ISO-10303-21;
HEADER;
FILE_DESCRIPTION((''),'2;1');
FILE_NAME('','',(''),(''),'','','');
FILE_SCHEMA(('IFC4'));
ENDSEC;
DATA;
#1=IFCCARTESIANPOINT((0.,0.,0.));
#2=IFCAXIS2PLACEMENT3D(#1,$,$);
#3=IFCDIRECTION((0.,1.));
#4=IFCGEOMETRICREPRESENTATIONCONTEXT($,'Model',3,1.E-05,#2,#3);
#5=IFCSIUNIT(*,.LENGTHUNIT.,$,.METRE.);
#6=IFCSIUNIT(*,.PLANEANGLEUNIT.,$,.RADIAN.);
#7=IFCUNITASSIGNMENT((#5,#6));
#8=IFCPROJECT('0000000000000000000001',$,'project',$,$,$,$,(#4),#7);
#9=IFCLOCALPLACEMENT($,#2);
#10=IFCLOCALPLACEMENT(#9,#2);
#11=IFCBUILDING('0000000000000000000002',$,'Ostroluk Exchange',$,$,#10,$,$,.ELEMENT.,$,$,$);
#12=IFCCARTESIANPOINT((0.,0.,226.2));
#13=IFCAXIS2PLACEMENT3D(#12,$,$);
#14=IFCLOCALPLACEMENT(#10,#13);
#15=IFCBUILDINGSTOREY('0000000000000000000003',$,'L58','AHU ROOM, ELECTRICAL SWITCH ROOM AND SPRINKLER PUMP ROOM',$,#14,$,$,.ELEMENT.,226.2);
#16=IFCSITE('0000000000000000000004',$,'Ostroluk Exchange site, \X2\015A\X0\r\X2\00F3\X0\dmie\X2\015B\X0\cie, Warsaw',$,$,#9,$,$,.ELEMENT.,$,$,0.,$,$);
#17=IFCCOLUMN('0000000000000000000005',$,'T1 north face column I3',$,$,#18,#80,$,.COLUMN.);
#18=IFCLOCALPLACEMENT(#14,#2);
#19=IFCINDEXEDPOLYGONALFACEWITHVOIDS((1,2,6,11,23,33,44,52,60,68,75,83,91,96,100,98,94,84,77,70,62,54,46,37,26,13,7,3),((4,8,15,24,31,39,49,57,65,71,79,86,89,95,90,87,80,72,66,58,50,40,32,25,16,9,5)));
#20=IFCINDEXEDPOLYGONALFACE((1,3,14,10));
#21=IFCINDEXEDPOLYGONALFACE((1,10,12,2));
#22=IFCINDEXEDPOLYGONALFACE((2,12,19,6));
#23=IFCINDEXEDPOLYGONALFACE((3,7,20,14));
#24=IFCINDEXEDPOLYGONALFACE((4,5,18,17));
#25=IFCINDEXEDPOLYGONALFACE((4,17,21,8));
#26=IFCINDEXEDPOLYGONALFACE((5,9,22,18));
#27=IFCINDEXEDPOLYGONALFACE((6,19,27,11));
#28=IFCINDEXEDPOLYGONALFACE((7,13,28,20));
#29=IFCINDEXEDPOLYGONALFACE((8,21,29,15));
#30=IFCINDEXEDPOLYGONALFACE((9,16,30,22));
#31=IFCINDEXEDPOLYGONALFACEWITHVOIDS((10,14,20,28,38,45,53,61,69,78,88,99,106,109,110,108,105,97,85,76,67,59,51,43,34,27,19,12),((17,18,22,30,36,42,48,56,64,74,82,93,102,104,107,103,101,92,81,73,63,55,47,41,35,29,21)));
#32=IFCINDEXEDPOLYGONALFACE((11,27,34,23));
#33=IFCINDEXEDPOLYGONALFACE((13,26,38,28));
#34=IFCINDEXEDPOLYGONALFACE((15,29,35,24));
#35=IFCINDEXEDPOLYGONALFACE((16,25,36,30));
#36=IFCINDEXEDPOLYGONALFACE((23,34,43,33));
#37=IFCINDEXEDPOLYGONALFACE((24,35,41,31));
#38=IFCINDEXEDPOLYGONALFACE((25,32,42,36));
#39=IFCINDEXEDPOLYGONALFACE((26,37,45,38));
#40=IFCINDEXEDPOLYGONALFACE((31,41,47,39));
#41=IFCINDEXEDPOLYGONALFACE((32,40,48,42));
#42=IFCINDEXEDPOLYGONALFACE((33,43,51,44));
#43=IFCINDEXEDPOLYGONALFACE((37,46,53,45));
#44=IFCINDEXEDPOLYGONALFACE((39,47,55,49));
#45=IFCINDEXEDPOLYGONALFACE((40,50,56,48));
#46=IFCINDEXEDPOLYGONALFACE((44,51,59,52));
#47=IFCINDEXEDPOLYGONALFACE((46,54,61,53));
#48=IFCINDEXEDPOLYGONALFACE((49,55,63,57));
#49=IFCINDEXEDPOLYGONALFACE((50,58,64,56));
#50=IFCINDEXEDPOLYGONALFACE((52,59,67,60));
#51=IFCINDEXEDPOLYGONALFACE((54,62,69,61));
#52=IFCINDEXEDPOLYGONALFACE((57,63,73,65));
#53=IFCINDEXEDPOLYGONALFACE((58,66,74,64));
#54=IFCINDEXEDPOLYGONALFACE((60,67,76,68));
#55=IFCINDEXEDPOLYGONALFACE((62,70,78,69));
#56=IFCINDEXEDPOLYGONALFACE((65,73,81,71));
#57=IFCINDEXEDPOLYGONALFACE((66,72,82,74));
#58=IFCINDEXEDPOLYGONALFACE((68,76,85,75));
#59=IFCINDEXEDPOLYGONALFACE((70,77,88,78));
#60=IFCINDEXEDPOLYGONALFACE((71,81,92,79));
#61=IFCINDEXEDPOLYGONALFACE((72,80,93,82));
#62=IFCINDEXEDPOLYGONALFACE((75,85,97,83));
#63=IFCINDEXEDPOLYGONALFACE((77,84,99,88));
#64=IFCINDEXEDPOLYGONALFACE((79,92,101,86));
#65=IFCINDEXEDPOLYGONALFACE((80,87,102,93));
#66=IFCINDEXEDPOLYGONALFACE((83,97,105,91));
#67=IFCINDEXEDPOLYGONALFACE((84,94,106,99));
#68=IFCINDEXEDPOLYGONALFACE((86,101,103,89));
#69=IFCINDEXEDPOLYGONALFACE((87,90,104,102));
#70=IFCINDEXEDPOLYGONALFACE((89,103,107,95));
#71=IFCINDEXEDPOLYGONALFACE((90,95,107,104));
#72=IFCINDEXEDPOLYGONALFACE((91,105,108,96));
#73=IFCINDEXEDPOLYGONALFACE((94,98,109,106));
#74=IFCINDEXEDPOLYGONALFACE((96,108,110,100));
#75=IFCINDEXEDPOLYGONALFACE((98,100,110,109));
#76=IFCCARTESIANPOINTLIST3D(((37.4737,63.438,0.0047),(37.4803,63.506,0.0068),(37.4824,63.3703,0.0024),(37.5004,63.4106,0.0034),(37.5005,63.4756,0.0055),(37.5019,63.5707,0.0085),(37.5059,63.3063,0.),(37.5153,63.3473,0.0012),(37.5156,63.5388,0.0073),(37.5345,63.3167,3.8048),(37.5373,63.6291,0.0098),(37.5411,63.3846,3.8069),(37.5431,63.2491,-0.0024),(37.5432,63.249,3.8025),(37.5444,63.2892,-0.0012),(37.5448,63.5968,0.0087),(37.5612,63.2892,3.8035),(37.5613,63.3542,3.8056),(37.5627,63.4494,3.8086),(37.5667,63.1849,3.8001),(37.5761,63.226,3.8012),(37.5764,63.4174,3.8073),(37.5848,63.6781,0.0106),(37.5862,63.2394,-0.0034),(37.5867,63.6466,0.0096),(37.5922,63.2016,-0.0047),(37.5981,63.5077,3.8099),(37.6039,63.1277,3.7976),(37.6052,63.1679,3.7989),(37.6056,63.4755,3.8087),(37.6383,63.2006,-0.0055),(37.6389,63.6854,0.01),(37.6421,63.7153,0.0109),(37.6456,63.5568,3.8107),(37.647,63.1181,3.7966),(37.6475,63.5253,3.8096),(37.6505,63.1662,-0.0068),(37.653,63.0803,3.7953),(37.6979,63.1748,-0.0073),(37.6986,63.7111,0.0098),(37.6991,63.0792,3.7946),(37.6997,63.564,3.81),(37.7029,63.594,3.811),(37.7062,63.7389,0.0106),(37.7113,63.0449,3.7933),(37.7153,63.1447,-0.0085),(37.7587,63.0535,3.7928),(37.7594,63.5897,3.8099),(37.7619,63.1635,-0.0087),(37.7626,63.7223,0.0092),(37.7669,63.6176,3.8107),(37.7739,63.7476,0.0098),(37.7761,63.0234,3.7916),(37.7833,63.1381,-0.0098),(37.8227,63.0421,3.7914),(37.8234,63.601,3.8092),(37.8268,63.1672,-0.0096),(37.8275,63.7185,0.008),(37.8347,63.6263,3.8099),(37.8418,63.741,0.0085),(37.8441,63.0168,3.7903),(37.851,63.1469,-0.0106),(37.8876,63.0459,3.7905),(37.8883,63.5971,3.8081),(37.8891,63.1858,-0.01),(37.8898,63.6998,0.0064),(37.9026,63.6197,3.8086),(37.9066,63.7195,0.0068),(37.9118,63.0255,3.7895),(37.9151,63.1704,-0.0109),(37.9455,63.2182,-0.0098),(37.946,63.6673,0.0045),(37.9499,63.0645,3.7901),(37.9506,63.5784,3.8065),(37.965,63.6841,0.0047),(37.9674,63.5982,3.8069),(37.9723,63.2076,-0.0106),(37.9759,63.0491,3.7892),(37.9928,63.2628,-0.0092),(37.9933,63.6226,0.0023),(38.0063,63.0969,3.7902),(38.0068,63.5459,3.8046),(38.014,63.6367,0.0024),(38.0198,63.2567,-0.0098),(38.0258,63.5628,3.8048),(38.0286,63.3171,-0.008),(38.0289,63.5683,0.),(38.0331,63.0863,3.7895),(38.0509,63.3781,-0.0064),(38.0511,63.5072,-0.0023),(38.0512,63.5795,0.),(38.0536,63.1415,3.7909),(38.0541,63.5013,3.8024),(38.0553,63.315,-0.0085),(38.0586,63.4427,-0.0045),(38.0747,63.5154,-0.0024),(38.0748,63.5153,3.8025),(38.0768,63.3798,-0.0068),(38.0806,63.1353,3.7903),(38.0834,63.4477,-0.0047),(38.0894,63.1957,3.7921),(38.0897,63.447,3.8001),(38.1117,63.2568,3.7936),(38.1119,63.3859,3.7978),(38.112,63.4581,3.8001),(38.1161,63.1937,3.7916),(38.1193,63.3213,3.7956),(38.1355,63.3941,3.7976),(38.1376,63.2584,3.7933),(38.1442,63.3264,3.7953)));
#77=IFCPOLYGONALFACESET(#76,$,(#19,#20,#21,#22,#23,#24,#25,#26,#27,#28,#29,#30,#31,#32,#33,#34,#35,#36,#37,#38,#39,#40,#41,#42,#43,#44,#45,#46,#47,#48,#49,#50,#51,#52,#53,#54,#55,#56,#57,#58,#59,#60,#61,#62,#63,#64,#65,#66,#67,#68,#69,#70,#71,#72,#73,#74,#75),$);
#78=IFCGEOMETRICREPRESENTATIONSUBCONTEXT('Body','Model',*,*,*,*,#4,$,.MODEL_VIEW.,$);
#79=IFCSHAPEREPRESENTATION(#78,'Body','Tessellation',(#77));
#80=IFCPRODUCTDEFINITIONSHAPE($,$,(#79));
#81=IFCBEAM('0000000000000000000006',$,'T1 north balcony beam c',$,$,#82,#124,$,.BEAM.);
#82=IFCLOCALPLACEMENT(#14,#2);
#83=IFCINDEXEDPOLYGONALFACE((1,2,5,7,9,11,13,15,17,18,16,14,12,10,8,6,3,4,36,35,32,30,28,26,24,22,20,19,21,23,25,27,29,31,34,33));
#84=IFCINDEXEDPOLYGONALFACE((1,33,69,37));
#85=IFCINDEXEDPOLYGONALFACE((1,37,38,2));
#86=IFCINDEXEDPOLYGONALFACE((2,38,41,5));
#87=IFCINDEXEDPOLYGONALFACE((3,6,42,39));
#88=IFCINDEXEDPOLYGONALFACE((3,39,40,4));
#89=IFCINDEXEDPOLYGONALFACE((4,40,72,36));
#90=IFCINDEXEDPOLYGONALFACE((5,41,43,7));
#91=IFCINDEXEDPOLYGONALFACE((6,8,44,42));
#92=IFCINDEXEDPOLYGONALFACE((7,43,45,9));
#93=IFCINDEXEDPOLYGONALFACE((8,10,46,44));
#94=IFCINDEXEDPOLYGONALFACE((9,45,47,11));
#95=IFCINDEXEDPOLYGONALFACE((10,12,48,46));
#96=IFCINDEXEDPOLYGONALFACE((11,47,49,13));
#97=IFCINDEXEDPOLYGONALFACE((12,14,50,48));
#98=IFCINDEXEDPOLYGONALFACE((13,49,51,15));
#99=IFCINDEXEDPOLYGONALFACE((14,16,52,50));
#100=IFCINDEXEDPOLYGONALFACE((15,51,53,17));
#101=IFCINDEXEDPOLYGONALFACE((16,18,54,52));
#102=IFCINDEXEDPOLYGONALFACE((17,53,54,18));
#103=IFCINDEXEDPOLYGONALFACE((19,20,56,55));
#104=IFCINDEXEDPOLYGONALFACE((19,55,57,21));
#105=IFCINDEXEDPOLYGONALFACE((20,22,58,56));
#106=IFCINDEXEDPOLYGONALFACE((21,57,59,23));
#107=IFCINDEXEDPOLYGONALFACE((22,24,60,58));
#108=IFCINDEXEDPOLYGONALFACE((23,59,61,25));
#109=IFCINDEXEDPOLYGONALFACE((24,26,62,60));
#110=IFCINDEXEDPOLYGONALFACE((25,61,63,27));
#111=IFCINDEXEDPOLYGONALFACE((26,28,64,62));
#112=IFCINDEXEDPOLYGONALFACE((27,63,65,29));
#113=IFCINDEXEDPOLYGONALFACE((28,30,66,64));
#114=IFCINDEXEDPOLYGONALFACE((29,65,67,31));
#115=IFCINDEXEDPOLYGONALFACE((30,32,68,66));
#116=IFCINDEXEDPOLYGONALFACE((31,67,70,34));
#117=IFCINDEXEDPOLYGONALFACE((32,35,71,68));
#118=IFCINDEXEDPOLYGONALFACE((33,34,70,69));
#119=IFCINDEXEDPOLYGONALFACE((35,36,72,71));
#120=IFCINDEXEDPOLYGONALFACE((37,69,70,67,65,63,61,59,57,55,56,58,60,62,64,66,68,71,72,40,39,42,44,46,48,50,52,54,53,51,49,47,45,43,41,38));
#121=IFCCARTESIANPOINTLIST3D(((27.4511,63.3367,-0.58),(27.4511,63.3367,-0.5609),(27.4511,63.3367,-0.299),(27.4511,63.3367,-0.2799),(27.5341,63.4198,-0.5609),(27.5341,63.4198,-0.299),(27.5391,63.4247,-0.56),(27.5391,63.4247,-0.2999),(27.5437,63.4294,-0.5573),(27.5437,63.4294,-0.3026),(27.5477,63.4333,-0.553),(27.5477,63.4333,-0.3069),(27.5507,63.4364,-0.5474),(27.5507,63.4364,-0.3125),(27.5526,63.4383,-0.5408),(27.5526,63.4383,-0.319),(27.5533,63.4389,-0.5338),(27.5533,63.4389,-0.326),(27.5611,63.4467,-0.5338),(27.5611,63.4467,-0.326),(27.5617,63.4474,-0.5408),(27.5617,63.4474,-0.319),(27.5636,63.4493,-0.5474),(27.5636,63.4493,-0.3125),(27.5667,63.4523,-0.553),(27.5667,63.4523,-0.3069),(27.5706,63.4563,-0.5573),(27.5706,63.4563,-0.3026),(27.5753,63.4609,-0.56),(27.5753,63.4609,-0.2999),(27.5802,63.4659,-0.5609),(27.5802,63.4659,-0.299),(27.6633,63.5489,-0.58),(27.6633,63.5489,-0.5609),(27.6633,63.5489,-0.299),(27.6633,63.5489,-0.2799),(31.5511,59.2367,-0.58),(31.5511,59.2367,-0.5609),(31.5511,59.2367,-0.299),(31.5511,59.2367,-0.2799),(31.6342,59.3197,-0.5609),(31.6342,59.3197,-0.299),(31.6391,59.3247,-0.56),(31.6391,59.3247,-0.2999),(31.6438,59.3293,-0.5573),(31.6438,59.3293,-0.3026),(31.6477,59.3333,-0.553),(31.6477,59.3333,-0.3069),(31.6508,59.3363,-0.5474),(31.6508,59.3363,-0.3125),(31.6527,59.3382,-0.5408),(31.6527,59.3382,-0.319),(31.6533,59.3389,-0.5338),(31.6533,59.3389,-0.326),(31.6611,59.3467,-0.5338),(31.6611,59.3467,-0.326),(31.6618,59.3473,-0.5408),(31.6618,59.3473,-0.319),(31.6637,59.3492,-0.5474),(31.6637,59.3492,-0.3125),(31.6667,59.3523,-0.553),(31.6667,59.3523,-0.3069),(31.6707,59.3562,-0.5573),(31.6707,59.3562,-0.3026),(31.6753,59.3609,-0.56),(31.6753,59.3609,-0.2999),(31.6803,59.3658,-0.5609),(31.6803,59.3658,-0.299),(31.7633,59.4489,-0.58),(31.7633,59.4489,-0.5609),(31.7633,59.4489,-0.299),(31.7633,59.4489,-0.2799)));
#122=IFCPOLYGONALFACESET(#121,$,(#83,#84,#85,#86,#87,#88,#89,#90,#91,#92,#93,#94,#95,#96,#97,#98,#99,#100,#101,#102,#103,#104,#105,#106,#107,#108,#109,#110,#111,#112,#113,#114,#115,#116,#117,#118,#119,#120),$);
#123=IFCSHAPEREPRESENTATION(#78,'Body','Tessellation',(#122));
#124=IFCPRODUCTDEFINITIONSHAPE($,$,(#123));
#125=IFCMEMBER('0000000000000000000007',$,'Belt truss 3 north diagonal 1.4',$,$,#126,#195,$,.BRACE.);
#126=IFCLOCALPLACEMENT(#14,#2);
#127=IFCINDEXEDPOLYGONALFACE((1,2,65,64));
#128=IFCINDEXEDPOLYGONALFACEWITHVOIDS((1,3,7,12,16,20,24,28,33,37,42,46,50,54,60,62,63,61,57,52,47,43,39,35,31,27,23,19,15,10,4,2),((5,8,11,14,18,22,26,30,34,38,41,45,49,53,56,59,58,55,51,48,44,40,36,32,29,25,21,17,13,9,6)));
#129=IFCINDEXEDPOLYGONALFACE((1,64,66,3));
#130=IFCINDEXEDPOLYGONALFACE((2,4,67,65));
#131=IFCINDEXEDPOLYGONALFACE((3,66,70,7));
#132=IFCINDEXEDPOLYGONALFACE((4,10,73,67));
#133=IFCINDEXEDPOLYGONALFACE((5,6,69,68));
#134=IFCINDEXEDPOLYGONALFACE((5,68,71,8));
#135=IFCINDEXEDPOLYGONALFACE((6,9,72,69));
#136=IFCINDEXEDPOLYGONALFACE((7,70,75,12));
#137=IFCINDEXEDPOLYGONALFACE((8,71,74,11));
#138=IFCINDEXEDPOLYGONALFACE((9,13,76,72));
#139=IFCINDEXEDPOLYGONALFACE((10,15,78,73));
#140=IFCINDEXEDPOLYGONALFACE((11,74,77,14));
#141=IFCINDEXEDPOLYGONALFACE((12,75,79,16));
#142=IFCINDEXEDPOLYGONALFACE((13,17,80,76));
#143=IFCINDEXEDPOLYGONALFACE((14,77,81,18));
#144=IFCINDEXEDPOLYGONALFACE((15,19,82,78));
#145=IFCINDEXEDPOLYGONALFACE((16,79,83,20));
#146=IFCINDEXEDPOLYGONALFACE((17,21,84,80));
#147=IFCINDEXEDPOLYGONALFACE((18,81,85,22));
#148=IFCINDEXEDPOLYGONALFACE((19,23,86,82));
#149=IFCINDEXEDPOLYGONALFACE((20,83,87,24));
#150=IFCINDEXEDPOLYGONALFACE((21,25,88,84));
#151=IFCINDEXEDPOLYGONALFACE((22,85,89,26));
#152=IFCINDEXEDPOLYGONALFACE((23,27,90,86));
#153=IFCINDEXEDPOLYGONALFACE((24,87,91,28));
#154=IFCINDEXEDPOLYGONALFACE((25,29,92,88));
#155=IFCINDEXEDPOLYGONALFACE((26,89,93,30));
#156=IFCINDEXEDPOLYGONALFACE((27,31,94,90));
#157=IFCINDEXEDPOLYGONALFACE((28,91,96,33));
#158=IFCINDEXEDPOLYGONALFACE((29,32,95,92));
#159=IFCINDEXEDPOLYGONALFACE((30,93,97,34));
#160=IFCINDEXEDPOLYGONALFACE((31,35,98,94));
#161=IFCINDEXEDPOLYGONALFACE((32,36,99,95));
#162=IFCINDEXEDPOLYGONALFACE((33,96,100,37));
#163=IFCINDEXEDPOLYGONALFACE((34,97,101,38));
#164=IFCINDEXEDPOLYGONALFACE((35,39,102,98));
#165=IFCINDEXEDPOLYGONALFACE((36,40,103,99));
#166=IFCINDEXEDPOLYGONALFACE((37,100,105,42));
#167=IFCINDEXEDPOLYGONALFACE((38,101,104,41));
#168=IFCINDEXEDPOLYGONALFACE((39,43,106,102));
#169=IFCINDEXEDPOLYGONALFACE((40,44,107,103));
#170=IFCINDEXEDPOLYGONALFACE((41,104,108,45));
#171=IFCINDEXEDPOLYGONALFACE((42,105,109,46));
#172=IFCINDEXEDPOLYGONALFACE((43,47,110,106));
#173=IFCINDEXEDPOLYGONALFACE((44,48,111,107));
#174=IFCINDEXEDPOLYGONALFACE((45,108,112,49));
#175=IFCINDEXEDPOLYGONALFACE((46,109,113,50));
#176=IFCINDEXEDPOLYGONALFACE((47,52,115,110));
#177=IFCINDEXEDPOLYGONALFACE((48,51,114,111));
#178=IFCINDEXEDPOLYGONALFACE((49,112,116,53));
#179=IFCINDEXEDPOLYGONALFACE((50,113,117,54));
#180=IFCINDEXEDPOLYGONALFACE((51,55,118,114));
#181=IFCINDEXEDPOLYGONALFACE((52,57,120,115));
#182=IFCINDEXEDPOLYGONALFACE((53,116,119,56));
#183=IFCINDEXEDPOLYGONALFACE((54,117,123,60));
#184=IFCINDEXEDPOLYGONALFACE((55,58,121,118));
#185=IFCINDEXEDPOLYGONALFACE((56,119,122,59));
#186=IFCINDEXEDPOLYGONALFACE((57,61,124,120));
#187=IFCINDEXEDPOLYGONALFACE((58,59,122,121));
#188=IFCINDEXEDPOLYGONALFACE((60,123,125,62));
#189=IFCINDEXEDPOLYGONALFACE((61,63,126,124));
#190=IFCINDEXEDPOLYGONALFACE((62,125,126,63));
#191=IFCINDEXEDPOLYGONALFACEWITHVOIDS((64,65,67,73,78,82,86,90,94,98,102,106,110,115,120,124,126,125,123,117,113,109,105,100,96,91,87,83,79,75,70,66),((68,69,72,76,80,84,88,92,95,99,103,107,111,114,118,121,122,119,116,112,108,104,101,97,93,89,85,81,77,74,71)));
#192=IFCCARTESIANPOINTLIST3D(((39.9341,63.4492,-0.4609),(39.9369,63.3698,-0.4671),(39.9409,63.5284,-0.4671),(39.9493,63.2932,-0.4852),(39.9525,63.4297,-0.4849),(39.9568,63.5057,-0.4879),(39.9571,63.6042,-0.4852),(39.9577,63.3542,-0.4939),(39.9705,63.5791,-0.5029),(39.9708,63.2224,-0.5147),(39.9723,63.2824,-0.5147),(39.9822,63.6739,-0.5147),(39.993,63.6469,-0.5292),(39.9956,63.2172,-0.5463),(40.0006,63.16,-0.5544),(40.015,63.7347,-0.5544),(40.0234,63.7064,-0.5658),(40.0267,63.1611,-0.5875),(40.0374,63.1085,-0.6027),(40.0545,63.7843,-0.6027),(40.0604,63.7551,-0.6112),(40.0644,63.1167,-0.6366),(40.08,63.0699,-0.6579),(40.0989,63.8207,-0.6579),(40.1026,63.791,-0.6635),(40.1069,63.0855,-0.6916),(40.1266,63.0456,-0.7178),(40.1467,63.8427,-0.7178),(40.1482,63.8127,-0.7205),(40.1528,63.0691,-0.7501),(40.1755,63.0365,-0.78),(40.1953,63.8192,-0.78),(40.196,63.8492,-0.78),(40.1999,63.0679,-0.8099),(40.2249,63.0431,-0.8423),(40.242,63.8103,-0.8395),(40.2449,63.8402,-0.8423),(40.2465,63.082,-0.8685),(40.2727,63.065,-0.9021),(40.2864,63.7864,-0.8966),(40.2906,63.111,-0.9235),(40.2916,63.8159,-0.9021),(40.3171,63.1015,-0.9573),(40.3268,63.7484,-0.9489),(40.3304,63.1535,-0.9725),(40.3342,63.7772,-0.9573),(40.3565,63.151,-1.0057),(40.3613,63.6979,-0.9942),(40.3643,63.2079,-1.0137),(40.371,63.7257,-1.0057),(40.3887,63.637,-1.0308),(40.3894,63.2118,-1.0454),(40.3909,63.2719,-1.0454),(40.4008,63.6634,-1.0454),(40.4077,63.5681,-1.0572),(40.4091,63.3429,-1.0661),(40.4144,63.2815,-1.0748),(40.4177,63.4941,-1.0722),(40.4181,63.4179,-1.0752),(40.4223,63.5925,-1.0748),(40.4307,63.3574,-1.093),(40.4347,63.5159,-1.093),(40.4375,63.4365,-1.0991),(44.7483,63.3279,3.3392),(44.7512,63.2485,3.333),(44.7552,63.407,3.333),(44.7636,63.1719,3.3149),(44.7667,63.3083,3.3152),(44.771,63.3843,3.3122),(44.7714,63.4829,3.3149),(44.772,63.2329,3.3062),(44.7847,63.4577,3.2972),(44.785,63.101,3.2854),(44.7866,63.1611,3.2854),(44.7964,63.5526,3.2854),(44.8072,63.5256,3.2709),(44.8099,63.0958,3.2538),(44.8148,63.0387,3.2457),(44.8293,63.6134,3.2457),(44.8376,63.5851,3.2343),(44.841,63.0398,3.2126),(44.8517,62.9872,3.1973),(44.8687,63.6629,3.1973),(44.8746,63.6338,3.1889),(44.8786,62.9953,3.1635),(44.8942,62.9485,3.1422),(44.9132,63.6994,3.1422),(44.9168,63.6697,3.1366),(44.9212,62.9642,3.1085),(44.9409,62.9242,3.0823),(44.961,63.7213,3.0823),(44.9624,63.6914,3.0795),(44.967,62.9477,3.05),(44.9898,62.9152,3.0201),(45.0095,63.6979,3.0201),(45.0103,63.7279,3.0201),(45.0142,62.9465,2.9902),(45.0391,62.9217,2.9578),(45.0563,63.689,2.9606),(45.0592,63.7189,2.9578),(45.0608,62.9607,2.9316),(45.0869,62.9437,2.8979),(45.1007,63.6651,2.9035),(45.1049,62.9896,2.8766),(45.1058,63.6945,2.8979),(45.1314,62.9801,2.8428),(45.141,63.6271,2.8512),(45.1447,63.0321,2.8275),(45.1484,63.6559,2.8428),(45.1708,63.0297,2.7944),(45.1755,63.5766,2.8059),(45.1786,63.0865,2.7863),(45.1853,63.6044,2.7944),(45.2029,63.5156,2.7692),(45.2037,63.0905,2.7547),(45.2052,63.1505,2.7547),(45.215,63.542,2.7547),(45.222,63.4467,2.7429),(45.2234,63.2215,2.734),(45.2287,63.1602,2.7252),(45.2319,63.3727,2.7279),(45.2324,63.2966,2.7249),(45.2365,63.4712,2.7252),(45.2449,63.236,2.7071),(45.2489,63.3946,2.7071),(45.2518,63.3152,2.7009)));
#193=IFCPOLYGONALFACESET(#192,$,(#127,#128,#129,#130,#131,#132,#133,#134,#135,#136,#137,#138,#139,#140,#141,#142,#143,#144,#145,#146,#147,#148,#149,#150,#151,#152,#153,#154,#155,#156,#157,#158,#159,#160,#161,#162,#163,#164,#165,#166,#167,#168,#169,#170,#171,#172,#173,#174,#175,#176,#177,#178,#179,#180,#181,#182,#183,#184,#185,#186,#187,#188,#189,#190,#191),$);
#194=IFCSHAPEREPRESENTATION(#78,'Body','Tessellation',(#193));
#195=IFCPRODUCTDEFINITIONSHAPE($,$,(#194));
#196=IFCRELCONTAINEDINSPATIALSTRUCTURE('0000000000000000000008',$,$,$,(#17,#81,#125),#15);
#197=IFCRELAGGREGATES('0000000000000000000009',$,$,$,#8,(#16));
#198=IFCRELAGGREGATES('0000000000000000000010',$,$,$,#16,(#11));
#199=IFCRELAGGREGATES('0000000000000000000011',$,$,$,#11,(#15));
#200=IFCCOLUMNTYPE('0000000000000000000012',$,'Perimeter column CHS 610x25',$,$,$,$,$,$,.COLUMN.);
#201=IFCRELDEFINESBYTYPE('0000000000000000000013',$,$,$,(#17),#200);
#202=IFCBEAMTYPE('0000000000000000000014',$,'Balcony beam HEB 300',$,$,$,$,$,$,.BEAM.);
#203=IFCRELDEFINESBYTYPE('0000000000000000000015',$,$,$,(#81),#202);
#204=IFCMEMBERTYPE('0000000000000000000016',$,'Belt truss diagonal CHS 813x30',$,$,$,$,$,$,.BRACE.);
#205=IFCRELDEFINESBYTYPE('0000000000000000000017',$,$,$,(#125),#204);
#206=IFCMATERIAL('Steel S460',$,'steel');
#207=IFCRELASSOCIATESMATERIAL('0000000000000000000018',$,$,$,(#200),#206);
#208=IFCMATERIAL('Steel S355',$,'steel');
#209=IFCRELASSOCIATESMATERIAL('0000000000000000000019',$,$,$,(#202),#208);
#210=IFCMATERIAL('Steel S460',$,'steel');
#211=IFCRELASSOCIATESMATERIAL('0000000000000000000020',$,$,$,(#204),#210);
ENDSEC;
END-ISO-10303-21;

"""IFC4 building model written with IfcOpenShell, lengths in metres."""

from ifc_helpers import new_model, si_unit, direction, frame, origin, origin_2d, place, context, subcontext, project, spatial, hollow_circle, i_section, extrude, material, material_profile, profile_set, type_object, element, save


model = new_model("IFC4")

# Units and contexts
model_context = context("Model", 3, precision=1e-05, world=origin(), true_north=direction((0.0, 1.0)))
body_context = subcontext(model_context, "Body", "Model", "MODEL_VIEW")
ifc_project = project(units=[si_unit("LENGTHUNIT", "METRE"), si_unit("PLANEANGLEUNIT", "RADIAN")], contexts=[model_context])

# Site, building, storey
site_placement = place(None, origin())
site = spatial("IfcSite", under=ifc_project, at=site_placement, Name="Ostroluk Exchange site, Śródmieście, Warsaw", CompositionType="ELEMENT", RefElevation=0.0)
building_placement = place(site_placement, origin())
building = spatial("IfcBuilding", under=site, at=building_placement, Name="Ostroluk Exchange", CompositionType="ELEMENT")
storey_placement = place(building_placement, frame((0.0, 0.0, 226.2)))
storey = spatial("IfcBuildingStorey", under=building, at=storey_placement, Name="L58", Description="AHU ROOM, ELECTRICAL SWITCH ROOM AND SPRINKLER PUMP ROOM", CompositionType="ELEMENT", Elevation=226.2)

# Column
ifc_material_1 = material(Name="Steel S460", Category="steel")
ifc_material_profile_1 = material_profile(ifc_material_1, hollow_circle(Radius=0.3049, WallThickness=0.0249, at=origin_2d()), Name="CHS 610x25")
ifc_profile_set_1 = profile_set([ifc_material_profile_1], Name="Steel S460")
column_type = type_object("IfcColumnType", Name="Perimeter column CHS 610x25", PredefinedType="COLUMN", material=ifc_profile_set_1)
column_placement = place(storey_placement, frame((37.7786, 63.4429, 0.0), z_axis=(0.015987, -0.03191, 0.999363), x_axis=(0.894067, 0.447933, 0.0)))
element("IfcColumn", 1, at=column_placement, inside=storey, type_object=column_type, Name="T1 north face column I3", PredefinedType="COLUMN", context=body_context, shape_type="SweptSolid", body=[
    extrude(hollow_circle(Radius=0.3049, WallThickness=0.0249, at=origin_2d()), origin(), (0.0, 0.0, 1.0), 3.8025),
])

# Beam
ifc_material_2 = material(Name="Steel S355", Category="steel")
ifc_material_profile_2 = material_profile(ifc_material_2, i_section(OverallWidth=0.3, OverallDepth=0.3, WebThickness=0.011, FlangeThickness=0.019, FilletRadius=0.0271, at=origin_2d()), Name="HEB 300")
ifc_profile_set_2 = profile_set([ifc_material_profile_2], Name="Steel S355")
beam_type_1 = type_object("IfcBeamType", Name="Balcony beam HEB 300", PredefinedType="BEAM", material=ifc_profile_set_2)
beam_placement = place(storey_placement, frame((31.6572, 59.3428, -0.4299), z_axis=(-0.707107, 0.707107, 0.0), x_axis=(-0.707107, -0.707107, 0.0)))
element("IfcBeam", 2, at=beam_placement, inside=storey, type_object=beam_type_1, Name="T1 north balcony beam c", PredefinedType="BEAM", context=body_context, shape_type="SweptSolid", body=[
    extrude(i_section(OverallWidth=0.3, OverallDepth=0.3, WebThickness=0.011, FlangeThickness=0.019, FilletRadius=0.0271, at=origin_2d()), origin(), (0.0, 0.0, 1.0), 5.7983),
])

# Member
ifc_material_3 = material(Name="Steel S460", Category="steel")
ifc_material_profile_3 = material_profile(ifc_material_3, hollow_circle(Radius=0.4065, WallThickness=0.03, at=origin_2d()), Name="CHS 813x30")
ifc_profile_set_3 = profile_set([ifc_material_profile_3], Name="Steel S460")
member_type_1 = type_object("IfcMemberType", Name="Belt truss diagonal CHS 813x30", PredefinedType="BRACE", material=ifc_profile_set_3)
member_1_placement = place(storey_placement, frame((40.1858, 63.4429, -0.78), z_axis=(0.78478, -0.01978, 0.619459), x_axis=(0.025196, 0.999683, 0.0)))
element("IfcMember", 3, at=member_1_placement, inside=storey, type_object=member_type_1, Name="Belt truss 3 north diagonal 1.4", PredefinedType="BRACE", context=body_context, shape_type="SweptSolid", body=[
    extrude(hollow_circle(Radius=0.4065, WallThickness=0.03, at=origin_2d()), origin(), (0.0, 0.0, 1.0), 6.1345),
])

save(model, "model.ifc")
